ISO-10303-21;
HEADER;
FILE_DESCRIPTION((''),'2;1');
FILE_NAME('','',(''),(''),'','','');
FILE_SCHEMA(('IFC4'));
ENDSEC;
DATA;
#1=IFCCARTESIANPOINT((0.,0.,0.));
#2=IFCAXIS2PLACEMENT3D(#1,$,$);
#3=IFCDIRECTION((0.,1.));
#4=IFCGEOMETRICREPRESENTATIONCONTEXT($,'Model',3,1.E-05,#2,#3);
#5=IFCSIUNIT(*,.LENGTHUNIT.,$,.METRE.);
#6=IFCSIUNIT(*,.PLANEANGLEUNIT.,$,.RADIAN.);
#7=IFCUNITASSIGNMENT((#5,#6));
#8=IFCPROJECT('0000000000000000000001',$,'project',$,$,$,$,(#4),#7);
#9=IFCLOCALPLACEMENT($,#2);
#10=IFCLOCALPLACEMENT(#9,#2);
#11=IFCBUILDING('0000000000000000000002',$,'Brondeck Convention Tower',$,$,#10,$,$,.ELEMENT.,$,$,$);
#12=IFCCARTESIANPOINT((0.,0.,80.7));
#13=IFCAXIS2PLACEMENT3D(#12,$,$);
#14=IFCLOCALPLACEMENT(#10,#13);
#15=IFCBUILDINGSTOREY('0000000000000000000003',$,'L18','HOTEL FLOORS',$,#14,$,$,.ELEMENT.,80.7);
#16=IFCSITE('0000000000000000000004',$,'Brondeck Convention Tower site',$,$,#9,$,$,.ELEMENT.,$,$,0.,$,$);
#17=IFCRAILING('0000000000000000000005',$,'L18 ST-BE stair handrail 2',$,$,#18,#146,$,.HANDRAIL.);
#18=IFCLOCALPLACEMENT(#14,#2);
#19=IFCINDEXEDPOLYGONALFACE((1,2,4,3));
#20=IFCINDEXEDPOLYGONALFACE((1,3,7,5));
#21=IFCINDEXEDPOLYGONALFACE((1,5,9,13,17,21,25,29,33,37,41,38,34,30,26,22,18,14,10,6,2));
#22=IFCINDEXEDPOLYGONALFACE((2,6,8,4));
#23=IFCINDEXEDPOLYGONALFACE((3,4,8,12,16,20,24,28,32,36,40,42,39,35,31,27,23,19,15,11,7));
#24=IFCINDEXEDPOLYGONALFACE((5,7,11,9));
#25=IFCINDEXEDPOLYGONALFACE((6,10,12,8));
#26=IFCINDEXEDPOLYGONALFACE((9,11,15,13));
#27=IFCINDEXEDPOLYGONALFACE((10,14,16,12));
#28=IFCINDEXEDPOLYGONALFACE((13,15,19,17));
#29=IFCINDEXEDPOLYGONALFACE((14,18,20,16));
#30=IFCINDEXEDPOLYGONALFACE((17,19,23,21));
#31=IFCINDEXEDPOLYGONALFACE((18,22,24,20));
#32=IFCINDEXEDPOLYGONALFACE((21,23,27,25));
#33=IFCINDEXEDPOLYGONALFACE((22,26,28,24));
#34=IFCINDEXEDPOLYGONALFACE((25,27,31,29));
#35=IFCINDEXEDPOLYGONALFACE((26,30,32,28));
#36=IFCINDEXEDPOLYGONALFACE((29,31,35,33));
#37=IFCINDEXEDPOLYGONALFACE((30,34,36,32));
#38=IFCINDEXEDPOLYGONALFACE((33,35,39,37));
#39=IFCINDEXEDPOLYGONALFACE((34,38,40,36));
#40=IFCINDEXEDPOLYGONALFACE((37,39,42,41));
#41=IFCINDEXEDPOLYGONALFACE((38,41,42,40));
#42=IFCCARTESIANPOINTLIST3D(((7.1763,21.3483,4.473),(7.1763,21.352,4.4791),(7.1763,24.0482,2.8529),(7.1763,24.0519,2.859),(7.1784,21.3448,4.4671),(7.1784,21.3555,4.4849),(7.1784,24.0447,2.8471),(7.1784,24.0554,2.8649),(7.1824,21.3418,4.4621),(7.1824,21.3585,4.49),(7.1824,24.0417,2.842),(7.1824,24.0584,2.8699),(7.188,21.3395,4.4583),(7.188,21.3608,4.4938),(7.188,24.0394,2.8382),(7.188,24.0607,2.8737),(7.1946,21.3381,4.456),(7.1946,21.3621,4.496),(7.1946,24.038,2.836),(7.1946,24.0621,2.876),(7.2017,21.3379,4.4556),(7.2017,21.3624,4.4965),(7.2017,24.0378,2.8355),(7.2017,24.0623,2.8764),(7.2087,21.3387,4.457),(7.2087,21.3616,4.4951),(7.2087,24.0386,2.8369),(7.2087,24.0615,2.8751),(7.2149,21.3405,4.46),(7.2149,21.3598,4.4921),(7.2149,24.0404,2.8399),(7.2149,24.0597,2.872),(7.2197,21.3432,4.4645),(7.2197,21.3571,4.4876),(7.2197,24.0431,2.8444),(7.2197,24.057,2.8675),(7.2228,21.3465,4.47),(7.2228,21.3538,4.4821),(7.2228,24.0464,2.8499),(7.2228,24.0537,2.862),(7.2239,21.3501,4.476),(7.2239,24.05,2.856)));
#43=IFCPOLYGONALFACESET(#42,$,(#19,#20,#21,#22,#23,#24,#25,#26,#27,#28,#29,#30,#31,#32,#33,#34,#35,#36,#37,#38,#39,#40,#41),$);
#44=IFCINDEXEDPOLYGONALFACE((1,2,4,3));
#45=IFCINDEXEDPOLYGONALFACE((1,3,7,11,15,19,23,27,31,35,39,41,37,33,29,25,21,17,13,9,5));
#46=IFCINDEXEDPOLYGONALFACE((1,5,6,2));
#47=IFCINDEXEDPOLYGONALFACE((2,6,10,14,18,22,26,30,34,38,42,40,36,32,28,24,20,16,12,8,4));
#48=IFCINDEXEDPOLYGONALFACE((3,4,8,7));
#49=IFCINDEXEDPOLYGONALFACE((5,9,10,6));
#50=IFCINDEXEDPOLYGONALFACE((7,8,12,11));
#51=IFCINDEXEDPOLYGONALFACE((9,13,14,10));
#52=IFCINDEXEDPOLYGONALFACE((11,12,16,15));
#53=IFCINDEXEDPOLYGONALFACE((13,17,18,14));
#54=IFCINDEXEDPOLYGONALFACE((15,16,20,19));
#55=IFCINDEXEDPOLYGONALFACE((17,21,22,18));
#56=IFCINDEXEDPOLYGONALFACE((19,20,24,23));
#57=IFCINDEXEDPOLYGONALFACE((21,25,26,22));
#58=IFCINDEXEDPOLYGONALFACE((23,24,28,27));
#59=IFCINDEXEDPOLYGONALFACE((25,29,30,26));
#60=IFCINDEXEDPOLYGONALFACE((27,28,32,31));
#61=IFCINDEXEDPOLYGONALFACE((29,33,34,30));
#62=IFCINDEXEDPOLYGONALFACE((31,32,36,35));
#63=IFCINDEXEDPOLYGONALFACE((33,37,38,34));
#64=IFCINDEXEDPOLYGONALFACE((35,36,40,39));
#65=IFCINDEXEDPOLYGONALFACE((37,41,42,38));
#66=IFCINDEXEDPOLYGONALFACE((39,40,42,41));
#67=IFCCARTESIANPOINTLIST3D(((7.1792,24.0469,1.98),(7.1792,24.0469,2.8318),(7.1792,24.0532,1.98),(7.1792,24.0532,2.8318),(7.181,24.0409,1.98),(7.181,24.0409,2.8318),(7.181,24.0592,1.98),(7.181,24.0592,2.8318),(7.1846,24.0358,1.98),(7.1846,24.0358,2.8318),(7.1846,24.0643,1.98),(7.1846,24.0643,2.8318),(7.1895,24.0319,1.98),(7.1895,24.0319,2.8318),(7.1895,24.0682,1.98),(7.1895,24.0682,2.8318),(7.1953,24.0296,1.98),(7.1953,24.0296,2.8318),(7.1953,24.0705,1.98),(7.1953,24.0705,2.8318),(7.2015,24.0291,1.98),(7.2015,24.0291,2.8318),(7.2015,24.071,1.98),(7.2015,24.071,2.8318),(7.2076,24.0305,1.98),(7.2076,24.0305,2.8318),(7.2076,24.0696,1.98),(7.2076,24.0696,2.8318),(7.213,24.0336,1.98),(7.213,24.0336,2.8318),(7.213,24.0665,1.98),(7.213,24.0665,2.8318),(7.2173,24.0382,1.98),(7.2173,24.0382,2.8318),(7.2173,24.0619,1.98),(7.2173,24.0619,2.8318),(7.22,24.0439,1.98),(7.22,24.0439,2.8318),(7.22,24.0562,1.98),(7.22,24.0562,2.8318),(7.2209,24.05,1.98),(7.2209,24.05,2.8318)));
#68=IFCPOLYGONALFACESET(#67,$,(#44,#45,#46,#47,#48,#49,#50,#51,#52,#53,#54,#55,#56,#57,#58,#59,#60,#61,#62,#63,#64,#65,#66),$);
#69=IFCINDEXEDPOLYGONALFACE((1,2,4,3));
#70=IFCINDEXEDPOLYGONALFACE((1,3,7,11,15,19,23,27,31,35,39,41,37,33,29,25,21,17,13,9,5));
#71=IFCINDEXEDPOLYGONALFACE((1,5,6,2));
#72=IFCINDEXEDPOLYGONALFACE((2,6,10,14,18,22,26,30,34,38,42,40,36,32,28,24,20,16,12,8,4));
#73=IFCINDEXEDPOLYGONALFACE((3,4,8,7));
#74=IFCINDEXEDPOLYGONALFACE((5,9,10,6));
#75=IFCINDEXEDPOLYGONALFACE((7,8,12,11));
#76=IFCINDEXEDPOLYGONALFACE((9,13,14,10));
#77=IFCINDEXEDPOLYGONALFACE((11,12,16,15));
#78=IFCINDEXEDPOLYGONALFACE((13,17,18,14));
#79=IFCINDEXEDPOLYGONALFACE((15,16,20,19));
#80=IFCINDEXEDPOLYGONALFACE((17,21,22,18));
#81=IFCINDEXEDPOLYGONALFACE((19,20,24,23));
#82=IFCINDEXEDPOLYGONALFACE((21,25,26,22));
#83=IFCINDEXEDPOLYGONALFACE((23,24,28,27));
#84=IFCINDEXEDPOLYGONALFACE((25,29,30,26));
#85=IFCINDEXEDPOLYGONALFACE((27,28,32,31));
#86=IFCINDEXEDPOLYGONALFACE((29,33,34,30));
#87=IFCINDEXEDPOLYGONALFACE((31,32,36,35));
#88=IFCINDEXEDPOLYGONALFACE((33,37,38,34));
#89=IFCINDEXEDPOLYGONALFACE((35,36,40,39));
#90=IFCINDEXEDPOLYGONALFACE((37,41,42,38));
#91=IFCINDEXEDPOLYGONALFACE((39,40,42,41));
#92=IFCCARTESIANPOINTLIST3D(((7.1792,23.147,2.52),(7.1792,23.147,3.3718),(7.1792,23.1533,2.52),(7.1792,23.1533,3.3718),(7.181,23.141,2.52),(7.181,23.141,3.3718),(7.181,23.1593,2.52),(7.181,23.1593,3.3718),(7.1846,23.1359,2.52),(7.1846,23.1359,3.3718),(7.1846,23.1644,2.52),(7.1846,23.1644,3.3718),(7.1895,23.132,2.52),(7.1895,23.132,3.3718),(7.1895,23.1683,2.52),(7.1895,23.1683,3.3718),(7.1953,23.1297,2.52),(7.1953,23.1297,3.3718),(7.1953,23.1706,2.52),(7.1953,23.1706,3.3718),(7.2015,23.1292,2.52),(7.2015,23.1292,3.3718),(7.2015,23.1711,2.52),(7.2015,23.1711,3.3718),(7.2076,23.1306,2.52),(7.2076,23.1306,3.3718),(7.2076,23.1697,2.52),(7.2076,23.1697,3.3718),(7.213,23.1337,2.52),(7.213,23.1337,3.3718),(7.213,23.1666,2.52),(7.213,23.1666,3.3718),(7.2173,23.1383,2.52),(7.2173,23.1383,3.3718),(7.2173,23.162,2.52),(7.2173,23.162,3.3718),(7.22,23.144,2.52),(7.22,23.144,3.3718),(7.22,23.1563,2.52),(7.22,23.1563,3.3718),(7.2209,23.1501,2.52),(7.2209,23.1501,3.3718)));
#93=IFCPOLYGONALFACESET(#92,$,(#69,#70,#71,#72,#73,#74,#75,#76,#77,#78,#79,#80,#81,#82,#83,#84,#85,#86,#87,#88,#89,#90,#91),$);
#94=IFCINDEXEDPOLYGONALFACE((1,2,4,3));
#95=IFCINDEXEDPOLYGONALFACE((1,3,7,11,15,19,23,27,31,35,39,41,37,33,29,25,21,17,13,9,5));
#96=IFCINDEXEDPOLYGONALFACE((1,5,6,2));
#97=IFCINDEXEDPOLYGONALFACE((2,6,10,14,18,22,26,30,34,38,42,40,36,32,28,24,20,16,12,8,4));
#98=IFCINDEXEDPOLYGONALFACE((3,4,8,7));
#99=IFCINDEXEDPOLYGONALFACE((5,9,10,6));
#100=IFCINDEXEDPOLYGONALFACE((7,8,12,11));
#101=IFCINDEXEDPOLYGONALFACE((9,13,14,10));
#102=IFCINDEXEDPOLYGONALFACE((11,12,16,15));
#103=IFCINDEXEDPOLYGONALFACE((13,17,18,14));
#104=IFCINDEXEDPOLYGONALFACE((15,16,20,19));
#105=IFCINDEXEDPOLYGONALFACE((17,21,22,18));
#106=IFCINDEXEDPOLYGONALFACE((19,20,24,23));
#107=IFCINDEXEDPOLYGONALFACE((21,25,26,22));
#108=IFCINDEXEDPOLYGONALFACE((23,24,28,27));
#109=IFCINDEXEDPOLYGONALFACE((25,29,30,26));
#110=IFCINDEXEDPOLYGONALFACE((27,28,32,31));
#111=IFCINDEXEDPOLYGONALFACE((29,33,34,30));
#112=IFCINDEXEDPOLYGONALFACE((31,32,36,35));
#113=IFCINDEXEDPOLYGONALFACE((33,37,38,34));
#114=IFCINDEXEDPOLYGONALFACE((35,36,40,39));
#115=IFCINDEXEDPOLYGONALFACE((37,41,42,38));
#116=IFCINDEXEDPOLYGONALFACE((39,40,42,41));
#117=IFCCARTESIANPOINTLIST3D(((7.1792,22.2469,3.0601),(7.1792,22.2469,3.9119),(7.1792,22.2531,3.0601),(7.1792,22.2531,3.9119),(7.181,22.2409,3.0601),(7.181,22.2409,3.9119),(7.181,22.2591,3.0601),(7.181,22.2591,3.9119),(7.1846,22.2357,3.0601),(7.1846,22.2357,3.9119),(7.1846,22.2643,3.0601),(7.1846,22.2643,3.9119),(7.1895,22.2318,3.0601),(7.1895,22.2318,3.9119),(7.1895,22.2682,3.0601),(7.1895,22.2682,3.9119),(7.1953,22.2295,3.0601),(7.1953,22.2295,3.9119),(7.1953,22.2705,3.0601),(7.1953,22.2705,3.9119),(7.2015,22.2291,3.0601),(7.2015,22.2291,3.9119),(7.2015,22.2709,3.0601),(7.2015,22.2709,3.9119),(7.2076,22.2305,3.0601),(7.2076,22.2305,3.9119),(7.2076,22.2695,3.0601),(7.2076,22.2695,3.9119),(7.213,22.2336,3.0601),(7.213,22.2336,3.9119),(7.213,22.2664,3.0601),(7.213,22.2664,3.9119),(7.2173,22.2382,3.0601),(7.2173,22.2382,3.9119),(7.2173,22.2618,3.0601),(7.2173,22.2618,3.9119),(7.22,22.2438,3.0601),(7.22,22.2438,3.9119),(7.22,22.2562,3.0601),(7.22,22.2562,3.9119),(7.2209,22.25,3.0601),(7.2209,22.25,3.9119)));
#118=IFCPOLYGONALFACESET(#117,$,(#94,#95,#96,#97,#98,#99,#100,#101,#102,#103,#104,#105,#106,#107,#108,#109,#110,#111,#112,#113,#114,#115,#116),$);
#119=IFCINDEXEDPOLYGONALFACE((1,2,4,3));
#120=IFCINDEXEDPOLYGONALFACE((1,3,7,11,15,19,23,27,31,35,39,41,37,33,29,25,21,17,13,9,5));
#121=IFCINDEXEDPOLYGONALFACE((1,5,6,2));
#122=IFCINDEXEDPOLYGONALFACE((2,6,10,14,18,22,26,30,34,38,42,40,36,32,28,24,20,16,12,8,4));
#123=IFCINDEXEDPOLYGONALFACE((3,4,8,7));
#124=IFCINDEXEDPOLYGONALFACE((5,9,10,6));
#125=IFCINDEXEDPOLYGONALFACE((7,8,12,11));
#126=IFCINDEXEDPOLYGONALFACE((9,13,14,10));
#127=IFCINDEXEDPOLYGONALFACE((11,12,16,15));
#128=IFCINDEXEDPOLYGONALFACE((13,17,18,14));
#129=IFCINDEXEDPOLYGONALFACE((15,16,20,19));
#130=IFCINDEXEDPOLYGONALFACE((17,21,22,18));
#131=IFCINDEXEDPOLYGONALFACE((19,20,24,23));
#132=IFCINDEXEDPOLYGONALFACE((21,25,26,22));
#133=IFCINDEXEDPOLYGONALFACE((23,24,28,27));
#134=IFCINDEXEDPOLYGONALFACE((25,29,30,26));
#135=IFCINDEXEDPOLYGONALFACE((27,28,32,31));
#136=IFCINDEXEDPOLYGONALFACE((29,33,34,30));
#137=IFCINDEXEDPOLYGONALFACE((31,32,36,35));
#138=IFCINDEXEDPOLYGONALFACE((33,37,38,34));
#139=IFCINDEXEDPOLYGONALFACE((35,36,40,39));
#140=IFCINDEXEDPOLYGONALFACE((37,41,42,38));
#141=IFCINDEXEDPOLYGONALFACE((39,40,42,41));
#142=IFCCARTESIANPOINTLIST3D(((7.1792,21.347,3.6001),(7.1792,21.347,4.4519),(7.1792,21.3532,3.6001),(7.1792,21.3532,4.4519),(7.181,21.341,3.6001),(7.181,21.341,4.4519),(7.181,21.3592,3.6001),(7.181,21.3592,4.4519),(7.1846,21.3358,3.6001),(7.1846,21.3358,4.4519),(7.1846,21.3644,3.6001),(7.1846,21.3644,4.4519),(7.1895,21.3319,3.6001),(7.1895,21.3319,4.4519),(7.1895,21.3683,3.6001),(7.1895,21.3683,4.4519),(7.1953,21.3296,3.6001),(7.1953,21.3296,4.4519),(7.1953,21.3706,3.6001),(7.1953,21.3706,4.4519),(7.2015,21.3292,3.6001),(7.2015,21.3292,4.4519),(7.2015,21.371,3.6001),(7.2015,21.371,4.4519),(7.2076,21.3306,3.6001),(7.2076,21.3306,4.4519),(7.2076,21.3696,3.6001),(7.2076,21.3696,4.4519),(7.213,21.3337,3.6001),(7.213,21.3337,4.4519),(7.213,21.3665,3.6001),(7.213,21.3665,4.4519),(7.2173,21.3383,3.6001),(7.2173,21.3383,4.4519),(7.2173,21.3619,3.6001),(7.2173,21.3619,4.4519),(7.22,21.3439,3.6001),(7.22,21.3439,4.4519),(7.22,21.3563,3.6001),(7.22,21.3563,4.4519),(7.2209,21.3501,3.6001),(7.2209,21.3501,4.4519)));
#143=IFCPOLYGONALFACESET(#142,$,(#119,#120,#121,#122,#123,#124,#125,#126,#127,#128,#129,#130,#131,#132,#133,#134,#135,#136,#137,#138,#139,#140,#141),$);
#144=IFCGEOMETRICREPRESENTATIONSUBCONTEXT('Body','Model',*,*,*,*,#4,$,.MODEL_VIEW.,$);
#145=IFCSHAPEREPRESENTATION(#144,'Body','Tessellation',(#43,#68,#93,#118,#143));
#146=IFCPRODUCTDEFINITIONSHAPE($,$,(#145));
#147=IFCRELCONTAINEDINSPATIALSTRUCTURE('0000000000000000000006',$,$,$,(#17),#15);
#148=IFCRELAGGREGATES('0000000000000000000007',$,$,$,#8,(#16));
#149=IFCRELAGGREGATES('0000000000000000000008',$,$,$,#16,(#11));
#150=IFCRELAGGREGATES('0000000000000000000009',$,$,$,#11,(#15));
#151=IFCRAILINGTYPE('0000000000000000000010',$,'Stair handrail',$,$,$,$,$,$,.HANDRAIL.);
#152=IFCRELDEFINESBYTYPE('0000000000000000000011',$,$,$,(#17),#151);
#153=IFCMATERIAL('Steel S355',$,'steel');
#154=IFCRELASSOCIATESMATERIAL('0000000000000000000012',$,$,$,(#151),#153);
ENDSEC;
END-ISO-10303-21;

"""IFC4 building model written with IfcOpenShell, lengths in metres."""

from ifc_helpers import new_model, si_unit, direction, frame, origin, origin_2d, place, context, subcontext, project, spatial, circle, extrude, material, type_object, element, save


model = new_model("IFC4")

# Units and contexts
model_context = context("Model", 3, precision=1e-05, world=origin(), true_north=direction((0.0, 1.0)))
body_context = subcontext(model_context, "Body", "Model", "MODEL_VIEW")
ifc_project = project(units=[si_unit("LENGTHUNIT", "METRE"), si_unit("PLANEANGLEUNIT", "RADIAN")], contexts=[model_context])

# Site, building, storey
site_placement = place(None, origin())
site = spatial("IfcSite", under=ifc_project, at=site_placement, Name="Brondeck Convention Tower site", CompositionType="ELEMENT", RefElevation=0.0)
building_placement = place(site_placement, origin())
building = spatial("IfcBuilding", under=site, at=building_placement, Name="Brondeck Convention Tower", CompositionType="ELEMENT")
storey_placement = place(building_placement, frame((0.0, 0.0, 80.7)))
storey = spatial("IfcBuildingStorey", under=building, at=storey_placement, Name="L18", Description="HOTEL FLOORS", CompositionType="ELEMENT", Elevation=80.7)

# Shared definitions
ifc_material_1 = material(Name="Steel S355", Category="steel")

# Railing
railing_type = type_object("IfcRailingType", Name="Stair handrail", PredefinedType="HANDRAIL", material=ifc_material_1)
railing_1_placement = place(storey_placement, frame((7.2, 24.05, 1.98)))
element("IfcRailing", 1, at=railing_1_placement, inside=storey, type_object=railing_type, Name="L18 ST-BE stair handrail 2", PredefinedType="HANDRAIL", context=body_context, shape_type="SweptSolid", body=[
    extrude(circle(Radius=0.0239, at=origin_2d()), frame((0.0, 0.0, 0.876), z_axis=(0.0, -0.857472, 0.51453), x_axis=(1.0, 0.0, 0.0)), (0.0, 0.0, 1.0), 3.1487),
    extrude(circle(Radius=0.021, at=origin_2d()), origin(), (0.0, 0.0, 1.0), 0.8518),
    extrude(circle(Radius=0.021, at=origin_2d()), frame((0.0, -0.8999, 0.54)), (0.0, 0.0, 1.0), 0.8518),
    extrude(circle(Radius=0.021, at=origin_2d()), frame((0.0, -1.8, 1.0801)), (0.0, 0.0, 1.0), 0.8518),
    extrude(circle(Radius=0.021, at=origin_2d()), frame((0.0, -2.7, 1.6201)), (0.0, 0.0, 1.0), 0.8518),
])

save(model, "model.ifc")
